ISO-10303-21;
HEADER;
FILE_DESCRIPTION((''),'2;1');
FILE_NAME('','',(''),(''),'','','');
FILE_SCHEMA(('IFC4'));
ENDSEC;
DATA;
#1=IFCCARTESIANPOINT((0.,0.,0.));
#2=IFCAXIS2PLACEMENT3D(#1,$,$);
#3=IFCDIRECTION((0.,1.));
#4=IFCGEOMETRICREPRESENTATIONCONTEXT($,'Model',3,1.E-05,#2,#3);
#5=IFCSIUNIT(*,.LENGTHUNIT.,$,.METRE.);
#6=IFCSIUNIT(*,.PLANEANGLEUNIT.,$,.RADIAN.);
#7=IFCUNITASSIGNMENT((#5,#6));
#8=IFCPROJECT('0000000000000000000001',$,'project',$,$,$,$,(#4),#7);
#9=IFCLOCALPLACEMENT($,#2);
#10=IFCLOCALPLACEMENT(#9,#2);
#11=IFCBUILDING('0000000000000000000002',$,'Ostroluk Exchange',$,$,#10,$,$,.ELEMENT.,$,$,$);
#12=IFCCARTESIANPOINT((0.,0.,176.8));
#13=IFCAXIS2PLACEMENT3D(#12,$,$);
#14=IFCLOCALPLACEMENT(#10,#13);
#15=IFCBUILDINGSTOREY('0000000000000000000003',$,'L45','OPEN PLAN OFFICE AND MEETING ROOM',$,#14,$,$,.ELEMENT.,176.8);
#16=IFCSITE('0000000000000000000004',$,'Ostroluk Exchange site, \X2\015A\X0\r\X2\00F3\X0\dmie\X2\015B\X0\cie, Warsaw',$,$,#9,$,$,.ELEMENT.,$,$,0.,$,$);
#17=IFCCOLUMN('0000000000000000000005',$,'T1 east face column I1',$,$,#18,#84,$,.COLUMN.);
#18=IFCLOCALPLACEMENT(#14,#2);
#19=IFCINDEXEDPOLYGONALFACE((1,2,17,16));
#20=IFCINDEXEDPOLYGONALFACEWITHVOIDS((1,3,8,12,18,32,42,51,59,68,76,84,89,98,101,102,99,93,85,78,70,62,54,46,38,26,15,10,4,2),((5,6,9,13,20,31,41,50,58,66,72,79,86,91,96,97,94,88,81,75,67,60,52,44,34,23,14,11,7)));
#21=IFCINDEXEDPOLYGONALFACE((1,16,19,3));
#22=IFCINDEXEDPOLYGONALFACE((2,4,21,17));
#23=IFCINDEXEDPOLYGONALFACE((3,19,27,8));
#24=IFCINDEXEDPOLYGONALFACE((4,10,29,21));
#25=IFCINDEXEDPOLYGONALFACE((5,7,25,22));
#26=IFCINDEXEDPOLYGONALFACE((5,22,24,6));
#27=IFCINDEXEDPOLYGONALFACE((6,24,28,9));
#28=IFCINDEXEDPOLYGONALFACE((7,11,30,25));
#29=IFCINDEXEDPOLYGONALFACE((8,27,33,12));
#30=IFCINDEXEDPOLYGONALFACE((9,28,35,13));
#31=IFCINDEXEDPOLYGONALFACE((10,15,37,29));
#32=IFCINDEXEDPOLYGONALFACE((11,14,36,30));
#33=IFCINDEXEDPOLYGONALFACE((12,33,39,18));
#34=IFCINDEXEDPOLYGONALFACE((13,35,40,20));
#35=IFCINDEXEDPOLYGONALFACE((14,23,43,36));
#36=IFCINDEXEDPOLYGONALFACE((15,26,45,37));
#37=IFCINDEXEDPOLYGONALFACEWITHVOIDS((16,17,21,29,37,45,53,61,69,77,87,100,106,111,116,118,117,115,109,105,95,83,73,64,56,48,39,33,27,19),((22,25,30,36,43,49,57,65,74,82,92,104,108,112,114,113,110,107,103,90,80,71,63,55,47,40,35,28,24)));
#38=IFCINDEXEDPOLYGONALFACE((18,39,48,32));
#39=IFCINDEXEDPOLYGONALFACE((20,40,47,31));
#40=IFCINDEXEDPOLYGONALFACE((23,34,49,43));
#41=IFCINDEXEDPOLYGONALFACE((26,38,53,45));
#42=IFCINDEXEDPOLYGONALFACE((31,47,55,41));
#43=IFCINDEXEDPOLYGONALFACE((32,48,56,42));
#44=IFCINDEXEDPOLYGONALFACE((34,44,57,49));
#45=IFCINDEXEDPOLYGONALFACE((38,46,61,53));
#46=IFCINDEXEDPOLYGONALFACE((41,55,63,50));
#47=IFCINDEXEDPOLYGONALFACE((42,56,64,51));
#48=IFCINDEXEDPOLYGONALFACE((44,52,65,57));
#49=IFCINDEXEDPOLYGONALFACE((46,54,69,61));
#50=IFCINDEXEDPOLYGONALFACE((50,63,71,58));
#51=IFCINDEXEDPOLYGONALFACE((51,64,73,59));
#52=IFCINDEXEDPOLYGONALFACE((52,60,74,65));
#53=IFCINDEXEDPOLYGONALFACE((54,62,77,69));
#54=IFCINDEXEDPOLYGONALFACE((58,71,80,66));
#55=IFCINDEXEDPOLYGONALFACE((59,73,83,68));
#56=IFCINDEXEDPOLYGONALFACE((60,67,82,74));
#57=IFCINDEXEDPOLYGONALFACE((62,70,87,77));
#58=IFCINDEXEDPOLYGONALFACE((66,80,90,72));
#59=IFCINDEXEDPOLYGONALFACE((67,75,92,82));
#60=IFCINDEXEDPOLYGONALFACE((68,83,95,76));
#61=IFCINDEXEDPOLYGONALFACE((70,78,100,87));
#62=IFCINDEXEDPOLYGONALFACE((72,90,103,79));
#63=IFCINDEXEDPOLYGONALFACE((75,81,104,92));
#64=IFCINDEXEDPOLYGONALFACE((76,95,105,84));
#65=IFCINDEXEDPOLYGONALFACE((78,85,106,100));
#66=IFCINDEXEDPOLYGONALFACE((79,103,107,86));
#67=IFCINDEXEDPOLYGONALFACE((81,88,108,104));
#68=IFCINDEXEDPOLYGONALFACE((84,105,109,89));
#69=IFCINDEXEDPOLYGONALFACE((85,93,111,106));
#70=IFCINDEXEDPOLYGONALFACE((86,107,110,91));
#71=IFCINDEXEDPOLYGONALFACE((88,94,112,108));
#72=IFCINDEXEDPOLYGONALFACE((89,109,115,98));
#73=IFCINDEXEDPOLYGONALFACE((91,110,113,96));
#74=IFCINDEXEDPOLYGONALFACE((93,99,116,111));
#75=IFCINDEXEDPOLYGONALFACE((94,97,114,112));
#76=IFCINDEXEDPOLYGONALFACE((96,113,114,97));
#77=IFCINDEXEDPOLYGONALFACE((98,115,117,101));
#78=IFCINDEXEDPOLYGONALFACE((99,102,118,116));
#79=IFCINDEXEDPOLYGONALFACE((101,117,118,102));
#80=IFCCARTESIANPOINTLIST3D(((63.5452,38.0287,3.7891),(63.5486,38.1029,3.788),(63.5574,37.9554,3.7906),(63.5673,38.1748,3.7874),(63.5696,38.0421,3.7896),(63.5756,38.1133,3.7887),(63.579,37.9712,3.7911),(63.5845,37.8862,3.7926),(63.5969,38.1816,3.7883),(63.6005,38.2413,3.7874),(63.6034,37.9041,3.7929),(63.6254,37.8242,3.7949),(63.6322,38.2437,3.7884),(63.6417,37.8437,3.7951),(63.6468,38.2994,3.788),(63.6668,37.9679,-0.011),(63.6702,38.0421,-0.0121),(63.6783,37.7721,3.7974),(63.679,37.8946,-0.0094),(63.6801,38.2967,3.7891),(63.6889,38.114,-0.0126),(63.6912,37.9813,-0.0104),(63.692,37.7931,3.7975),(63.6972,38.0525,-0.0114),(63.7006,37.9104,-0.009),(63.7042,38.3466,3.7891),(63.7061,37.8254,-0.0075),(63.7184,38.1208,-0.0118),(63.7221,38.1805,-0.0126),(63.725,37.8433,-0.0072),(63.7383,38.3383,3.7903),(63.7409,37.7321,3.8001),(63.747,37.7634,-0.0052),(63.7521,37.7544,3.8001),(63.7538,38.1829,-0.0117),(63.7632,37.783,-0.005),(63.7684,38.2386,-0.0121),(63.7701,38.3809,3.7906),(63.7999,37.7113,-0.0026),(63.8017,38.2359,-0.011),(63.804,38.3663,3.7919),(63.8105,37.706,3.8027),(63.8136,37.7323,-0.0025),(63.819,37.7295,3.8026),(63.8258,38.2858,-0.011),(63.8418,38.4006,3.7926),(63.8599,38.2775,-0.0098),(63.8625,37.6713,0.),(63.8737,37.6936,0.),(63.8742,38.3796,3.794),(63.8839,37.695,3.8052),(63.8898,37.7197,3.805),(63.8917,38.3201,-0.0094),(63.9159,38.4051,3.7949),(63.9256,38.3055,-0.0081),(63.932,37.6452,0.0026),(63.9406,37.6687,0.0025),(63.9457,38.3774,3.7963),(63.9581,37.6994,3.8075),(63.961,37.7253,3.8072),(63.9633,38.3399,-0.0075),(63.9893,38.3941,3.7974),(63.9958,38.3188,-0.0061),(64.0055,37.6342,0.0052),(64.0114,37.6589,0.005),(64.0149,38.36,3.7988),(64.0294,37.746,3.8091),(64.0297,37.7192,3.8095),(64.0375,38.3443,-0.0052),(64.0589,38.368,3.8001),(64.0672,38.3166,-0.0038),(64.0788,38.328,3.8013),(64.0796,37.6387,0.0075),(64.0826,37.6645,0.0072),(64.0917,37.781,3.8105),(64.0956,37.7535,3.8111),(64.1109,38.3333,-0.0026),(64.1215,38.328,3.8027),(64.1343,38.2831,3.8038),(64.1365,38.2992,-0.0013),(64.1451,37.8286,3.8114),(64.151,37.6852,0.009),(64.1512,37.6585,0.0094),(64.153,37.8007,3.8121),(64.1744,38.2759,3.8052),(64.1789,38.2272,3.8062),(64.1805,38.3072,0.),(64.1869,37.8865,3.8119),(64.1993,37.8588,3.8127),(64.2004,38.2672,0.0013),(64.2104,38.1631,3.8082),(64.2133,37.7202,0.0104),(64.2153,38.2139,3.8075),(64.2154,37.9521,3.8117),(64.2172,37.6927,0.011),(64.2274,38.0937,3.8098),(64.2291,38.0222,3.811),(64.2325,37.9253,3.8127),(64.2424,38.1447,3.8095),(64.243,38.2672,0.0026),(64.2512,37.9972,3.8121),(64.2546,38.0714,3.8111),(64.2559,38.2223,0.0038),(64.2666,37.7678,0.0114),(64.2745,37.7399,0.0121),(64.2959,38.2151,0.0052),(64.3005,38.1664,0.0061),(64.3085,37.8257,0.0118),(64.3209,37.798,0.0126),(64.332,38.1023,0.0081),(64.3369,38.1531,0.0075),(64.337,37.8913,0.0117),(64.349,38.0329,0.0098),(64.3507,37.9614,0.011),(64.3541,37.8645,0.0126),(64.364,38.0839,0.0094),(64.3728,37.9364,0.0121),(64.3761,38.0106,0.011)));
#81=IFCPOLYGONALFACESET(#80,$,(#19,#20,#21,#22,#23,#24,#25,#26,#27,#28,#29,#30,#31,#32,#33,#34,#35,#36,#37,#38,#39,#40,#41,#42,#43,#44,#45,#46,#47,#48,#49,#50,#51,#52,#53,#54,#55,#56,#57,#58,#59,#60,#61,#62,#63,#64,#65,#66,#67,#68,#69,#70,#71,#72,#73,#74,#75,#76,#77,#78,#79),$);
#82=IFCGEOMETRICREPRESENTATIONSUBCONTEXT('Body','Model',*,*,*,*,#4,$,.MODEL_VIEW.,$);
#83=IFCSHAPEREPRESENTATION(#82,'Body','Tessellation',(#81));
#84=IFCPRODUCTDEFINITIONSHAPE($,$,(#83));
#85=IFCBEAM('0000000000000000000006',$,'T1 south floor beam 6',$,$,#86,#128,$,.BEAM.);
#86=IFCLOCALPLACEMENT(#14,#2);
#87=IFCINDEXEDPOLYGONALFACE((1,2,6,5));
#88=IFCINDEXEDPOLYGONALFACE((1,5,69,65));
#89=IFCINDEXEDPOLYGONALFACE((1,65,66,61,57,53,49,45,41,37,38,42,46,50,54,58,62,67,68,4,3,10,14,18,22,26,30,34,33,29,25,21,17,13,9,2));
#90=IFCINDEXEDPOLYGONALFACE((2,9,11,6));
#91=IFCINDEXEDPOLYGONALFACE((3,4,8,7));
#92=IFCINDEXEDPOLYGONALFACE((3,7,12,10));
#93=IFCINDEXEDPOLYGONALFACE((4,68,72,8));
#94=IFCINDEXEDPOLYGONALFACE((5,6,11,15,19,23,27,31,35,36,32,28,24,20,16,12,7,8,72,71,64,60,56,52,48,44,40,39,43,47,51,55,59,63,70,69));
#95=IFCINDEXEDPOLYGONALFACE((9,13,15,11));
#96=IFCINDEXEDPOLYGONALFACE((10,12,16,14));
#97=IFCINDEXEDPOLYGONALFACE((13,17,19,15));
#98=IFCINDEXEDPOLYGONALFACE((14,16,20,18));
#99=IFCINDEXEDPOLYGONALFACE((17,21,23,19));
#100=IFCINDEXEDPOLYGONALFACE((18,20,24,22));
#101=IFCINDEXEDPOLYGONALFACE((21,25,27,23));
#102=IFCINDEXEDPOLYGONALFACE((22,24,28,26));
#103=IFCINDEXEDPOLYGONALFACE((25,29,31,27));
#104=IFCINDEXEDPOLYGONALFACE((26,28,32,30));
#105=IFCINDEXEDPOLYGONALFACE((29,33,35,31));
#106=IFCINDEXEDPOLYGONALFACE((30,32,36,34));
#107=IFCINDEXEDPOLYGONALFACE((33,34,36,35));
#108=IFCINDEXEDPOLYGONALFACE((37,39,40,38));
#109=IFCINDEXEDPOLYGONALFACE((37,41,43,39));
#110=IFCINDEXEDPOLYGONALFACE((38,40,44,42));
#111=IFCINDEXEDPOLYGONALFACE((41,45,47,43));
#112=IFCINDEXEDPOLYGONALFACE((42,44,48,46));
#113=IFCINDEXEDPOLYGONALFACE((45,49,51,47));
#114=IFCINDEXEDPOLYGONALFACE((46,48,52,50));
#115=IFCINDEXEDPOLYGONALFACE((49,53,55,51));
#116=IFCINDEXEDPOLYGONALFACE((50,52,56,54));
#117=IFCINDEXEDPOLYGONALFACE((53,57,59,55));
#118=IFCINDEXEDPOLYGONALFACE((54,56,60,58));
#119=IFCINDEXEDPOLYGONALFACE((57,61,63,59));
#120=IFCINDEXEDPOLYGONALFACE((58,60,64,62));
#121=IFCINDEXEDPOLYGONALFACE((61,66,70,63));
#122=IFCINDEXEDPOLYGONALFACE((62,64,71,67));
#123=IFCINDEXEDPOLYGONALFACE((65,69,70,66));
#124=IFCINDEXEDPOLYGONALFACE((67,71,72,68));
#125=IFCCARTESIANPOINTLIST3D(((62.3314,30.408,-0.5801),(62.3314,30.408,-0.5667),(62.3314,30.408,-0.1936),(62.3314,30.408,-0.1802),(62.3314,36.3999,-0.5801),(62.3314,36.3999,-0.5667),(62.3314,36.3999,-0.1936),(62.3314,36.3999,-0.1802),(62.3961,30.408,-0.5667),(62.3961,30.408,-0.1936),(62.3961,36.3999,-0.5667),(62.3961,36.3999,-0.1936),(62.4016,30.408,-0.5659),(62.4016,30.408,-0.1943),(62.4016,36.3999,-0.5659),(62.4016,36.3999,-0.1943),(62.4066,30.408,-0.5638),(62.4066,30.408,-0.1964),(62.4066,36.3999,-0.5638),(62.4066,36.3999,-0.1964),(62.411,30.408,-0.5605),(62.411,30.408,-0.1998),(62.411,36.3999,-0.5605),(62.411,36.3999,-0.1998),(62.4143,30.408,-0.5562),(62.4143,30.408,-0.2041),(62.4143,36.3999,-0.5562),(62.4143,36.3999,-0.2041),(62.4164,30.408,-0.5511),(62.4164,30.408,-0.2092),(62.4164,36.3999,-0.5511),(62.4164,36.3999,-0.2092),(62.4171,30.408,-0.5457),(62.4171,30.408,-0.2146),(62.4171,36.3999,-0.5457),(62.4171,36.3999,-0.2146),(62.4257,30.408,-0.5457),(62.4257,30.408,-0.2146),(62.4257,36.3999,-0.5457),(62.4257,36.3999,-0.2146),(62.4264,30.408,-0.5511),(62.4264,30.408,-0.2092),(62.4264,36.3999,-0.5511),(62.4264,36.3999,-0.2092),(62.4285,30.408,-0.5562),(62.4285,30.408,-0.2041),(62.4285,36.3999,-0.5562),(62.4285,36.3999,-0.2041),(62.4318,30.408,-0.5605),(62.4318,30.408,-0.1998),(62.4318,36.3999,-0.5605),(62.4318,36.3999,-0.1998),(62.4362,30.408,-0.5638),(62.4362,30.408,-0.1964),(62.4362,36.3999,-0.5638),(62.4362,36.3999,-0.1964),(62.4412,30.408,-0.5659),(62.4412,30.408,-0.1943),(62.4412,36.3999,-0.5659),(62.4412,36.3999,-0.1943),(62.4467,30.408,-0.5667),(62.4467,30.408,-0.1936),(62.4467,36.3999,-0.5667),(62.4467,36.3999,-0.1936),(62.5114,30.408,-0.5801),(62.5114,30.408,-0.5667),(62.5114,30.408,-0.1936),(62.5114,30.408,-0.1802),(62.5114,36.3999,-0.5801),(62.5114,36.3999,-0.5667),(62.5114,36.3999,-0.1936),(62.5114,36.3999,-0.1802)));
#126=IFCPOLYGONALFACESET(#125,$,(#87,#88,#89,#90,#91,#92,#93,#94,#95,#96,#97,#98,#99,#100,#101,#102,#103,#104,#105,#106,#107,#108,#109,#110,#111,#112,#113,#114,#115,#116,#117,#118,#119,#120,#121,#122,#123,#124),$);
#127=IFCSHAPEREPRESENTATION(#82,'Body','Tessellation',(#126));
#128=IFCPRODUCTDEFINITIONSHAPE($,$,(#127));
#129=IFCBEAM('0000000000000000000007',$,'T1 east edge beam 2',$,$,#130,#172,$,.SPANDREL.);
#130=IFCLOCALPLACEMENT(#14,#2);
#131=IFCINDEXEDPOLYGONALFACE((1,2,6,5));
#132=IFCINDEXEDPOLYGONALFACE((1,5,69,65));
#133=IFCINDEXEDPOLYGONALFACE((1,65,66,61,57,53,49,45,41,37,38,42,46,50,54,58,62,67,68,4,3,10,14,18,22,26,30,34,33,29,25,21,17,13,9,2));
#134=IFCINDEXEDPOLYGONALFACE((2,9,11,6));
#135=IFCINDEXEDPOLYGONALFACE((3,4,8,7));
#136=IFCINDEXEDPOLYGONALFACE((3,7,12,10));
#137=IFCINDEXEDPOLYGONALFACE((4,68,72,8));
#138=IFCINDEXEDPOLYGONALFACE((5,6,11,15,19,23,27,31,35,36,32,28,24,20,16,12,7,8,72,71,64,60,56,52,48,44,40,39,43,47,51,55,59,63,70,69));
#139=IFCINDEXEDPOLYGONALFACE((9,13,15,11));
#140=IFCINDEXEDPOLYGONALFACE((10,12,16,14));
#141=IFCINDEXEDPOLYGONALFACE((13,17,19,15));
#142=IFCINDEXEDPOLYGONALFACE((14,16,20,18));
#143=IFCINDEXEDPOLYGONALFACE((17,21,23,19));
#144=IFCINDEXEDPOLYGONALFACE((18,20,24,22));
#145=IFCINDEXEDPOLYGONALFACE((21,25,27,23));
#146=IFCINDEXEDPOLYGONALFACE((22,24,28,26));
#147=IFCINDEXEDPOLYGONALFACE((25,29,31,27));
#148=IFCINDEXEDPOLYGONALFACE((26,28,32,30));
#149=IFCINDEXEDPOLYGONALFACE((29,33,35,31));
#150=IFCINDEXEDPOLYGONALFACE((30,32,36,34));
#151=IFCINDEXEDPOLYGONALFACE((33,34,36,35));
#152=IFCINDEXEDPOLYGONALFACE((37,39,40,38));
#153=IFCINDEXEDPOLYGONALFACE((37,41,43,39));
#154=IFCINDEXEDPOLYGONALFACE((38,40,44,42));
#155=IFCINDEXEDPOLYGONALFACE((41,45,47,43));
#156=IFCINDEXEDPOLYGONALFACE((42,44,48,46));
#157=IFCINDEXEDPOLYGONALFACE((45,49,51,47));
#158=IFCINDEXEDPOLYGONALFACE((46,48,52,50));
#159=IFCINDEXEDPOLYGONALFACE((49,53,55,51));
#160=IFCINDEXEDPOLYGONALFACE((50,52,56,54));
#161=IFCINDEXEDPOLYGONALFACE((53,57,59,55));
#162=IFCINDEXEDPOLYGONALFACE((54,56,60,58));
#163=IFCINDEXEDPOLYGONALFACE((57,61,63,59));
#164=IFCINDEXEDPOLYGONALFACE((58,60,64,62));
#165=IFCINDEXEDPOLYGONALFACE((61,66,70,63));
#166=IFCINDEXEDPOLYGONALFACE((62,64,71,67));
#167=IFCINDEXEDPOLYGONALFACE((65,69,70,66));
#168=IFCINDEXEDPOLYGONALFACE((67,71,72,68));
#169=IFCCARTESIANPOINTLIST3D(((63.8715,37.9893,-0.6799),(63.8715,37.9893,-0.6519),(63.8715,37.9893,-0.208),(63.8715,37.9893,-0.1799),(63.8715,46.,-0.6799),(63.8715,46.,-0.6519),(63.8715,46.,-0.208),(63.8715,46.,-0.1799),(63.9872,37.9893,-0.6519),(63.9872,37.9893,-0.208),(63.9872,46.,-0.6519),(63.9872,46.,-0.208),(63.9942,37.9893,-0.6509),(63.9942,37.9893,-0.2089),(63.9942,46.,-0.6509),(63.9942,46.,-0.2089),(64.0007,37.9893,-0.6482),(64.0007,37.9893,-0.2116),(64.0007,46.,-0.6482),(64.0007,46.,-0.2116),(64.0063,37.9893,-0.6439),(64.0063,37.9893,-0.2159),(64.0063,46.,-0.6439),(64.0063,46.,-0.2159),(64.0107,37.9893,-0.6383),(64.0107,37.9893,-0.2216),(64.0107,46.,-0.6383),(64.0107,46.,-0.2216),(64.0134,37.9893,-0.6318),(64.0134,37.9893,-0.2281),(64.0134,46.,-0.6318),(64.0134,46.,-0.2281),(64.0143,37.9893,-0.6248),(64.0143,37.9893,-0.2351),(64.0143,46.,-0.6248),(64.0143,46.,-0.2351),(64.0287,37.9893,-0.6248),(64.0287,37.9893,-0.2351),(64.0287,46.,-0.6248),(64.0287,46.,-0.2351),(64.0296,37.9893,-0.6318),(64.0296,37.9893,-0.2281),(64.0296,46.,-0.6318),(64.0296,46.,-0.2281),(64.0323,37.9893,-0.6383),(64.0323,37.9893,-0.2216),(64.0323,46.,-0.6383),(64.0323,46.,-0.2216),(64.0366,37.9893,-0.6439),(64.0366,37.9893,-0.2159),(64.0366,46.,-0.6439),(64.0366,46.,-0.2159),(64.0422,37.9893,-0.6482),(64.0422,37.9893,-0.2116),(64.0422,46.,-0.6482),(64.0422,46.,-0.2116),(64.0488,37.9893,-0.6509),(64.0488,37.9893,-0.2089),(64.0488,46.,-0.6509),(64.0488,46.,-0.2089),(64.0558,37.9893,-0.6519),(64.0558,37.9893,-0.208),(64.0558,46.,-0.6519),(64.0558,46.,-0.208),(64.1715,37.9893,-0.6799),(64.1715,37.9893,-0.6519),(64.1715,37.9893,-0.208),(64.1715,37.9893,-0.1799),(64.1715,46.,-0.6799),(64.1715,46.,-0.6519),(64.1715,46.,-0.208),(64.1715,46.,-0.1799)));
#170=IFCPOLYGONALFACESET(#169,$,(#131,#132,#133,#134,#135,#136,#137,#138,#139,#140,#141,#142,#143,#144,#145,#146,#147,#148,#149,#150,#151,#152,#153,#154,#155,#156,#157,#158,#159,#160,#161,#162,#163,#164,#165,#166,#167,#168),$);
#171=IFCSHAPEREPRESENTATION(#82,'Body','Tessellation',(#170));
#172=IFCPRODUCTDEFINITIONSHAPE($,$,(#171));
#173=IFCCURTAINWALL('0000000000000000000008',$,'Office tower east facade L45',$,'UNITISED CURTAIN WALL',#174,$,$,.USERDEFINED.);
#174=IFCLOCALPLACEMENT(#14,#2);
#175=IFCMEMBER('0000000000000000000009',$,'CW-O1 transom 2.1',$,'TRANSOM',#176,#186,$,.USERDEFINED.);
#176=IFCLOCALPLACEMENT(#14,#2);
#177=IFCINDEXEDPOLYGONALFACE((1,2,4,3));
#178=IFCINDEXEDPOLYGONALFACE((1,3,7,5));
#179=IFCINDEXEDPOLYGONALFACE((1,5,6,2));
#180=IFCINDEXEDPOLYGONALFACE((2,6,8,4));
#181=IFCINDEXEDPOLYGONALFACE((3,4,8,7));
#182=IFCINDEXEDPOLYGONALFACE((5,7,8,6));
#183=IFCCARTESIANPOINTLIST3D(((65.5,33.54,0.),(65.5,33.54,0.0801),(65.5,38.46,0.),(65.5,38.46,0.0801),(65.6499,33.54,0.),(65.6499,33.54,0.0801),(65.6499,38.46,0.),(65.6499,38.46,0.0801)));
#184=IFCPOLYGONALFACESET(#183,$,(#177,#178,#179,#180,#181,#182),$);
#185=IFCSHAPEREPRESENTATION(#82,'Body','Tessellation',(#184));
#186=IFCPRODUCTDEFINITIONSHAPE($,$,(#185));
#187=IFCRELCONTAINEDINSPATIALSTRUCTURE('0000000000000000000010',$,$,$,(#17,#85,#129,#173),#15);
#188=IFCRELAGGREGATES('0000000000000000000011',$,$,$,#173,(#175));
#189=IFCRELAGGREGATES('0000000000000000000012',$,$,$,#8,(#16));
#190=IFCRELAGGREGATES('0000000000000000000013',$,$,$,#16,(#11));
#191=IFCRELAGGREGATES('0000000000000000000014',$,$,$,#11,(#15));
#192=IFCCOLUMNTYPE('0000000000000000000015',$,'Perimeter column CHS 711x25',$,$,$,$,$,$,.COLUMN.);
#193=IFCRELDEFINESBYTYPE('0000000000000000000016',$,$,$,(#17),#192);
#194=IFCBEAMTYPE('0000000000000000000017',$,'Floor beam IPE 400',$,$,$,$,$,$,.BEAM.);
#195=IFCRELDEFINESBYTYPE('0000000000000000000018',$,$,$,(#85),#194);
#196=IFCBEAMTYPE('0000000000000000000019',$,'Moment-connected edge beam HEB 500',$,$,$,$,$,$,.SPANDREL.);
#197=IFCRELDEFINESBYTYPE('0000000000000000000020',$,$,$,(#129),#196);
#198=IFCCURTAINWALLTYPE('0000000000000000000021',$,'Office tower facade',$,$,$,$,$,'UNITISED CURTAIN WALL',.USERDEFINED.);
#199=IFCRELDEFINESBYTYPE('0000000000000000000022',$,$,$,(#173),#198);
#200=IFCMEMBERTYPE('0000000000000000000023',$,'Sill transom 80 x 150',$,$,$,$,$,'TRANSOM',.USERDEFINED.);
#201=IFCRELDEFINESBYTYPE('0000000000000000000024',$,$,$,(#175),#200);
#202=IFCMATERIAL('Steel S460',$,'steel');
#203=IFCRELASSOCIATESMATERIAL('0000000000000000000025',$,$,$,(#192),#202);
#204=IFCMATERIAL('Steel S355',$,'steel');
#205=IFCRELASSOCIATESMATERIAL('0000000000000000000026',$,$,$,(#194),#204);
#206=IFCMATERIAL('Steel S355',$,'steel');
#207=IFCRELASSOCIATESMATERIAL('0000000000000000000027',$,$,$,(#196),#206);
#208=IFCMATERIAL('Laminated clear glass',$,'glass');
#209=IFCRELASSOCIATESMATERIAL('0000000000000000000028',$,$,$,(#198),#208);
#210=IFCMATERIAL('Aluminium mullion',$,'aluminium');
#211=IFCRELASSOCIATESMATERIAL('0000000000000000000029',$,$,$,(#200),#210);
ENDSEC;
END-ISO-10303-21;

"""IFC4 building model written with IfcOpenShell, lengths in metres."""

from ifc_helpers import new_model, si_unit, direction, frame, origin, origin_2d, place, context, subcontext, project, spatial, rectangle, hollow_circle, i_section, extrude, material, material_profile, profile_set, type_object, element, aggregate, save


model = new_model("IFC4")

# Units and contexts
model_context = context("Model", 3, precision=1e-05, world=origin(), true_north=direction((0.0, 1.0)))
body_context = subcontext(model_context, "Body", "Model", "MODEL_VIEW")
ifc_project = project(units=[si_unit("LENGTHUNIT", "METRE"), si_unit("PLANEANGLEUNIT", "RADIAN")], contexts=[model_context])

# Site, building, storey
site_placement = place(None, origin())
site = spatial("IfcSite", under=ifc_project, at=site_placement, Name="Ostroluk Exchange site, Śródmieście, Warsaw", CompositionType="ELEMENT", RefElevation=0.0)
building_placement = place(site_placement, origin())
building = spatial("IfcBuilding", under=site, at=building_placement, Name="Ostroluk Exchange", CompositionType="ELEMENT")
storey_placement = place(building_placement, frame((0.0, 0.0, 176.8)))
storey = spatial("IfcBuildingStorey", under=building, at=storey_placement, Name="L45", Description="OPEN PLAN OFFICE AND MEETING ROOM", CompositionType="ELEMENT", Elevation=176.8)

# Column
ifc_material_1 = material(Name="Steel S460", Category="steel")
ifc_material_profile_1 = material_profile(ifc_material_1, hollow_circle(Radius=0.3555, WallThickness=0.0249, at=origin_2d()), Name="CHS 711x25")
ifc_profile_set_1 = profile_set([ifc_material_profile_1], Name="Steel S460")
column_type = type_object("IfcColumnType", Name="Perimeter column CHS 711x25", PredefinedType="COLUMN", material=ifc_profile_set_1)
column_placement = place(storey_placement, frame((64.0215, 37.9893, 0.0), z_axis=(-0.031974, 0.015987, 0.999361), x_axis=(-0.447214, -0.894427, 0.0)))
element("IfcColumn", 1, at=column_placement, inside=storey, type_object=column_type, Name="T1 east face column I1", PredefinedType="COLUMN", context=body_context, shape_type="SweptSolid", body=[
    extrude(hollow_circle(Radius=0.3555, WallThickness=0.0249, at=origin_2d()), origin(), (0.0, 0.0, 1.0), 3.8025),
])

# Beams
ifc_material_2 = material(Name="Steel S355", Category="steel")
ifc_material_profile_2 = material_profile(ifc_material_2, i_section(OverallWidth=0.1799, OverallDepth=0.3999, WebThickness=0.0085, FlangeThickness=0.0134, FilletRadius=0.021, at=origin_2d()), Name="IPE 400")
ifc_profile_set_2 = profile_set([ifc_material_profile_2], Name="Steel S355")
beam_type_1 = type_object("IfcBeamType", Name="Floor beam IPE 400", PredefinedType="BEAM", material=ifc_profile_set_2)
beam_1_placement = place(storey_placement, frame((62.4214, 36.3999, -0.3801), z_axis=(0.0, -1.0, 0.0), x_axis=(1.0, 0.0, 0.0)))
element("IfcBeam", 2, at=beam_1_placement, inside=storey, type_object=beam_type_1, Name="T1 south floor beam 6", PredefinedType="BEAM", context=body_context, shape_type="SweptSolid", body=[
    extrude(i_section(OverallWidth=0.1799, OverallDepth=0.3999, WebThickness=0.0085, FlangeThickness=0.0134, FilletRadius=0.021, at=origin_2d()), origin(), (0.0, 0.0, 1.0), 5.9919),
])
ifc_material_3 = material(Name="Steel S355", Category="steel")
ifc_material_profile_3 = material_profile(ifc_material_3, i_section(OverallWidth=0.3, OverallDepth=0.5, WebThickness=0.0144, FlangeThickness=0.0281, FilletRadius=0.0271, at=origin_2d()), Name="HEB 500")
ifc_profile_set_3 = profile_set([ifc_material_profile_3], Name="Steel S355")
beam_type_2 = type_object("IfcBeamType", Name="Moment-connected edge beam HEB 500", PredefinedType="SPANDREL", material=ifc_profile_set_3)
beam_2_placement = place(storey_placement, frame((64.0215, 37.9893, -0.4299), z_axis=(0.0, 1.0, 0.0), x_axis=(-1.0, 0.0, 0.0)))
element("IfcBeam", 3, at=beam_2_placement, inside=storey, type_object=beam_type_2, Name="T1 east edge beam 2", PredefinedType="SPANDREL", context=body_context, shape_type="SweptSolid", body=[
    extrude(i_section(OverallWidth=0.3, OverallDepth=0.5, WebThickness=0.0144, FlangeThickness=0.0281, FilletRadius=0.0271, at=origin_2d()), origin(), (0.0, 0.0, 1.0), 8.0107),
])

# Curtain wall, member
ifc_material_4 = material(Name="Laminated clear glass", Category="glass")
curtain_wall_type = type_object("IfcCurtainWallType", Name="Office tower facade", ElementType="UNITISED CURTAIN WALL", PredefinedType="USERDEFINED", material=ifc_material_4)
curtain_wall_placement = place(storey_placement, origin())
curtain_wall = element("IfcCurtainWall", 4, at=curtain_wall_placement, inside=storey, type_object=curtain_wall_type, Name="Office tower east facade L45", ObjectType="UNITISED CURTAIN WALL", PredefinedType="USERDEFINED")
ifc_material_5 = material(Name="Aluminium mullion", Category="aluminium")
ifc_material_profile_4 = material_profile(ifc_material_5, rectangle(XDim=0.1499, YDim=0.0801, at=origin_2d()), Name="Sill transom 80 x 150")
ifc_profile_set_4 = profile_set([ifc_material_profile_4], Name="Aluminium mullion")
member_type_1 = type_object("IfcMemberType", Name="Sill transom 80 x 150", ElementType="TRANSOM", PredefinedType="USERDEFINED", material=ifc_profile_set_4)
member_1_placement = place(storey_placement, frame((65.575, 33.54, 0.04), z_axis=(0.0, 1.0, 0.0), x_axis=(-1.0, 0.0, 0.0)))
member_1 = element("IfcMember", 5, at=member_1_placement, type_object=member_type_1, Name="CW-O1 transom 2.1", ObjectType="TRANSOM", PredefinedType="USERDEFINED", context=body_context, shape_type="SweptSolid", body=[
    extrude(rectangle(XDim=0.1499, YDim=0.0801, at=origin_2d()), origin(), (0.0, 0.0, 1.0), 4.9199),
])
aggregate(curtain_wall, [member_1])

save(model, "model.ifc")
